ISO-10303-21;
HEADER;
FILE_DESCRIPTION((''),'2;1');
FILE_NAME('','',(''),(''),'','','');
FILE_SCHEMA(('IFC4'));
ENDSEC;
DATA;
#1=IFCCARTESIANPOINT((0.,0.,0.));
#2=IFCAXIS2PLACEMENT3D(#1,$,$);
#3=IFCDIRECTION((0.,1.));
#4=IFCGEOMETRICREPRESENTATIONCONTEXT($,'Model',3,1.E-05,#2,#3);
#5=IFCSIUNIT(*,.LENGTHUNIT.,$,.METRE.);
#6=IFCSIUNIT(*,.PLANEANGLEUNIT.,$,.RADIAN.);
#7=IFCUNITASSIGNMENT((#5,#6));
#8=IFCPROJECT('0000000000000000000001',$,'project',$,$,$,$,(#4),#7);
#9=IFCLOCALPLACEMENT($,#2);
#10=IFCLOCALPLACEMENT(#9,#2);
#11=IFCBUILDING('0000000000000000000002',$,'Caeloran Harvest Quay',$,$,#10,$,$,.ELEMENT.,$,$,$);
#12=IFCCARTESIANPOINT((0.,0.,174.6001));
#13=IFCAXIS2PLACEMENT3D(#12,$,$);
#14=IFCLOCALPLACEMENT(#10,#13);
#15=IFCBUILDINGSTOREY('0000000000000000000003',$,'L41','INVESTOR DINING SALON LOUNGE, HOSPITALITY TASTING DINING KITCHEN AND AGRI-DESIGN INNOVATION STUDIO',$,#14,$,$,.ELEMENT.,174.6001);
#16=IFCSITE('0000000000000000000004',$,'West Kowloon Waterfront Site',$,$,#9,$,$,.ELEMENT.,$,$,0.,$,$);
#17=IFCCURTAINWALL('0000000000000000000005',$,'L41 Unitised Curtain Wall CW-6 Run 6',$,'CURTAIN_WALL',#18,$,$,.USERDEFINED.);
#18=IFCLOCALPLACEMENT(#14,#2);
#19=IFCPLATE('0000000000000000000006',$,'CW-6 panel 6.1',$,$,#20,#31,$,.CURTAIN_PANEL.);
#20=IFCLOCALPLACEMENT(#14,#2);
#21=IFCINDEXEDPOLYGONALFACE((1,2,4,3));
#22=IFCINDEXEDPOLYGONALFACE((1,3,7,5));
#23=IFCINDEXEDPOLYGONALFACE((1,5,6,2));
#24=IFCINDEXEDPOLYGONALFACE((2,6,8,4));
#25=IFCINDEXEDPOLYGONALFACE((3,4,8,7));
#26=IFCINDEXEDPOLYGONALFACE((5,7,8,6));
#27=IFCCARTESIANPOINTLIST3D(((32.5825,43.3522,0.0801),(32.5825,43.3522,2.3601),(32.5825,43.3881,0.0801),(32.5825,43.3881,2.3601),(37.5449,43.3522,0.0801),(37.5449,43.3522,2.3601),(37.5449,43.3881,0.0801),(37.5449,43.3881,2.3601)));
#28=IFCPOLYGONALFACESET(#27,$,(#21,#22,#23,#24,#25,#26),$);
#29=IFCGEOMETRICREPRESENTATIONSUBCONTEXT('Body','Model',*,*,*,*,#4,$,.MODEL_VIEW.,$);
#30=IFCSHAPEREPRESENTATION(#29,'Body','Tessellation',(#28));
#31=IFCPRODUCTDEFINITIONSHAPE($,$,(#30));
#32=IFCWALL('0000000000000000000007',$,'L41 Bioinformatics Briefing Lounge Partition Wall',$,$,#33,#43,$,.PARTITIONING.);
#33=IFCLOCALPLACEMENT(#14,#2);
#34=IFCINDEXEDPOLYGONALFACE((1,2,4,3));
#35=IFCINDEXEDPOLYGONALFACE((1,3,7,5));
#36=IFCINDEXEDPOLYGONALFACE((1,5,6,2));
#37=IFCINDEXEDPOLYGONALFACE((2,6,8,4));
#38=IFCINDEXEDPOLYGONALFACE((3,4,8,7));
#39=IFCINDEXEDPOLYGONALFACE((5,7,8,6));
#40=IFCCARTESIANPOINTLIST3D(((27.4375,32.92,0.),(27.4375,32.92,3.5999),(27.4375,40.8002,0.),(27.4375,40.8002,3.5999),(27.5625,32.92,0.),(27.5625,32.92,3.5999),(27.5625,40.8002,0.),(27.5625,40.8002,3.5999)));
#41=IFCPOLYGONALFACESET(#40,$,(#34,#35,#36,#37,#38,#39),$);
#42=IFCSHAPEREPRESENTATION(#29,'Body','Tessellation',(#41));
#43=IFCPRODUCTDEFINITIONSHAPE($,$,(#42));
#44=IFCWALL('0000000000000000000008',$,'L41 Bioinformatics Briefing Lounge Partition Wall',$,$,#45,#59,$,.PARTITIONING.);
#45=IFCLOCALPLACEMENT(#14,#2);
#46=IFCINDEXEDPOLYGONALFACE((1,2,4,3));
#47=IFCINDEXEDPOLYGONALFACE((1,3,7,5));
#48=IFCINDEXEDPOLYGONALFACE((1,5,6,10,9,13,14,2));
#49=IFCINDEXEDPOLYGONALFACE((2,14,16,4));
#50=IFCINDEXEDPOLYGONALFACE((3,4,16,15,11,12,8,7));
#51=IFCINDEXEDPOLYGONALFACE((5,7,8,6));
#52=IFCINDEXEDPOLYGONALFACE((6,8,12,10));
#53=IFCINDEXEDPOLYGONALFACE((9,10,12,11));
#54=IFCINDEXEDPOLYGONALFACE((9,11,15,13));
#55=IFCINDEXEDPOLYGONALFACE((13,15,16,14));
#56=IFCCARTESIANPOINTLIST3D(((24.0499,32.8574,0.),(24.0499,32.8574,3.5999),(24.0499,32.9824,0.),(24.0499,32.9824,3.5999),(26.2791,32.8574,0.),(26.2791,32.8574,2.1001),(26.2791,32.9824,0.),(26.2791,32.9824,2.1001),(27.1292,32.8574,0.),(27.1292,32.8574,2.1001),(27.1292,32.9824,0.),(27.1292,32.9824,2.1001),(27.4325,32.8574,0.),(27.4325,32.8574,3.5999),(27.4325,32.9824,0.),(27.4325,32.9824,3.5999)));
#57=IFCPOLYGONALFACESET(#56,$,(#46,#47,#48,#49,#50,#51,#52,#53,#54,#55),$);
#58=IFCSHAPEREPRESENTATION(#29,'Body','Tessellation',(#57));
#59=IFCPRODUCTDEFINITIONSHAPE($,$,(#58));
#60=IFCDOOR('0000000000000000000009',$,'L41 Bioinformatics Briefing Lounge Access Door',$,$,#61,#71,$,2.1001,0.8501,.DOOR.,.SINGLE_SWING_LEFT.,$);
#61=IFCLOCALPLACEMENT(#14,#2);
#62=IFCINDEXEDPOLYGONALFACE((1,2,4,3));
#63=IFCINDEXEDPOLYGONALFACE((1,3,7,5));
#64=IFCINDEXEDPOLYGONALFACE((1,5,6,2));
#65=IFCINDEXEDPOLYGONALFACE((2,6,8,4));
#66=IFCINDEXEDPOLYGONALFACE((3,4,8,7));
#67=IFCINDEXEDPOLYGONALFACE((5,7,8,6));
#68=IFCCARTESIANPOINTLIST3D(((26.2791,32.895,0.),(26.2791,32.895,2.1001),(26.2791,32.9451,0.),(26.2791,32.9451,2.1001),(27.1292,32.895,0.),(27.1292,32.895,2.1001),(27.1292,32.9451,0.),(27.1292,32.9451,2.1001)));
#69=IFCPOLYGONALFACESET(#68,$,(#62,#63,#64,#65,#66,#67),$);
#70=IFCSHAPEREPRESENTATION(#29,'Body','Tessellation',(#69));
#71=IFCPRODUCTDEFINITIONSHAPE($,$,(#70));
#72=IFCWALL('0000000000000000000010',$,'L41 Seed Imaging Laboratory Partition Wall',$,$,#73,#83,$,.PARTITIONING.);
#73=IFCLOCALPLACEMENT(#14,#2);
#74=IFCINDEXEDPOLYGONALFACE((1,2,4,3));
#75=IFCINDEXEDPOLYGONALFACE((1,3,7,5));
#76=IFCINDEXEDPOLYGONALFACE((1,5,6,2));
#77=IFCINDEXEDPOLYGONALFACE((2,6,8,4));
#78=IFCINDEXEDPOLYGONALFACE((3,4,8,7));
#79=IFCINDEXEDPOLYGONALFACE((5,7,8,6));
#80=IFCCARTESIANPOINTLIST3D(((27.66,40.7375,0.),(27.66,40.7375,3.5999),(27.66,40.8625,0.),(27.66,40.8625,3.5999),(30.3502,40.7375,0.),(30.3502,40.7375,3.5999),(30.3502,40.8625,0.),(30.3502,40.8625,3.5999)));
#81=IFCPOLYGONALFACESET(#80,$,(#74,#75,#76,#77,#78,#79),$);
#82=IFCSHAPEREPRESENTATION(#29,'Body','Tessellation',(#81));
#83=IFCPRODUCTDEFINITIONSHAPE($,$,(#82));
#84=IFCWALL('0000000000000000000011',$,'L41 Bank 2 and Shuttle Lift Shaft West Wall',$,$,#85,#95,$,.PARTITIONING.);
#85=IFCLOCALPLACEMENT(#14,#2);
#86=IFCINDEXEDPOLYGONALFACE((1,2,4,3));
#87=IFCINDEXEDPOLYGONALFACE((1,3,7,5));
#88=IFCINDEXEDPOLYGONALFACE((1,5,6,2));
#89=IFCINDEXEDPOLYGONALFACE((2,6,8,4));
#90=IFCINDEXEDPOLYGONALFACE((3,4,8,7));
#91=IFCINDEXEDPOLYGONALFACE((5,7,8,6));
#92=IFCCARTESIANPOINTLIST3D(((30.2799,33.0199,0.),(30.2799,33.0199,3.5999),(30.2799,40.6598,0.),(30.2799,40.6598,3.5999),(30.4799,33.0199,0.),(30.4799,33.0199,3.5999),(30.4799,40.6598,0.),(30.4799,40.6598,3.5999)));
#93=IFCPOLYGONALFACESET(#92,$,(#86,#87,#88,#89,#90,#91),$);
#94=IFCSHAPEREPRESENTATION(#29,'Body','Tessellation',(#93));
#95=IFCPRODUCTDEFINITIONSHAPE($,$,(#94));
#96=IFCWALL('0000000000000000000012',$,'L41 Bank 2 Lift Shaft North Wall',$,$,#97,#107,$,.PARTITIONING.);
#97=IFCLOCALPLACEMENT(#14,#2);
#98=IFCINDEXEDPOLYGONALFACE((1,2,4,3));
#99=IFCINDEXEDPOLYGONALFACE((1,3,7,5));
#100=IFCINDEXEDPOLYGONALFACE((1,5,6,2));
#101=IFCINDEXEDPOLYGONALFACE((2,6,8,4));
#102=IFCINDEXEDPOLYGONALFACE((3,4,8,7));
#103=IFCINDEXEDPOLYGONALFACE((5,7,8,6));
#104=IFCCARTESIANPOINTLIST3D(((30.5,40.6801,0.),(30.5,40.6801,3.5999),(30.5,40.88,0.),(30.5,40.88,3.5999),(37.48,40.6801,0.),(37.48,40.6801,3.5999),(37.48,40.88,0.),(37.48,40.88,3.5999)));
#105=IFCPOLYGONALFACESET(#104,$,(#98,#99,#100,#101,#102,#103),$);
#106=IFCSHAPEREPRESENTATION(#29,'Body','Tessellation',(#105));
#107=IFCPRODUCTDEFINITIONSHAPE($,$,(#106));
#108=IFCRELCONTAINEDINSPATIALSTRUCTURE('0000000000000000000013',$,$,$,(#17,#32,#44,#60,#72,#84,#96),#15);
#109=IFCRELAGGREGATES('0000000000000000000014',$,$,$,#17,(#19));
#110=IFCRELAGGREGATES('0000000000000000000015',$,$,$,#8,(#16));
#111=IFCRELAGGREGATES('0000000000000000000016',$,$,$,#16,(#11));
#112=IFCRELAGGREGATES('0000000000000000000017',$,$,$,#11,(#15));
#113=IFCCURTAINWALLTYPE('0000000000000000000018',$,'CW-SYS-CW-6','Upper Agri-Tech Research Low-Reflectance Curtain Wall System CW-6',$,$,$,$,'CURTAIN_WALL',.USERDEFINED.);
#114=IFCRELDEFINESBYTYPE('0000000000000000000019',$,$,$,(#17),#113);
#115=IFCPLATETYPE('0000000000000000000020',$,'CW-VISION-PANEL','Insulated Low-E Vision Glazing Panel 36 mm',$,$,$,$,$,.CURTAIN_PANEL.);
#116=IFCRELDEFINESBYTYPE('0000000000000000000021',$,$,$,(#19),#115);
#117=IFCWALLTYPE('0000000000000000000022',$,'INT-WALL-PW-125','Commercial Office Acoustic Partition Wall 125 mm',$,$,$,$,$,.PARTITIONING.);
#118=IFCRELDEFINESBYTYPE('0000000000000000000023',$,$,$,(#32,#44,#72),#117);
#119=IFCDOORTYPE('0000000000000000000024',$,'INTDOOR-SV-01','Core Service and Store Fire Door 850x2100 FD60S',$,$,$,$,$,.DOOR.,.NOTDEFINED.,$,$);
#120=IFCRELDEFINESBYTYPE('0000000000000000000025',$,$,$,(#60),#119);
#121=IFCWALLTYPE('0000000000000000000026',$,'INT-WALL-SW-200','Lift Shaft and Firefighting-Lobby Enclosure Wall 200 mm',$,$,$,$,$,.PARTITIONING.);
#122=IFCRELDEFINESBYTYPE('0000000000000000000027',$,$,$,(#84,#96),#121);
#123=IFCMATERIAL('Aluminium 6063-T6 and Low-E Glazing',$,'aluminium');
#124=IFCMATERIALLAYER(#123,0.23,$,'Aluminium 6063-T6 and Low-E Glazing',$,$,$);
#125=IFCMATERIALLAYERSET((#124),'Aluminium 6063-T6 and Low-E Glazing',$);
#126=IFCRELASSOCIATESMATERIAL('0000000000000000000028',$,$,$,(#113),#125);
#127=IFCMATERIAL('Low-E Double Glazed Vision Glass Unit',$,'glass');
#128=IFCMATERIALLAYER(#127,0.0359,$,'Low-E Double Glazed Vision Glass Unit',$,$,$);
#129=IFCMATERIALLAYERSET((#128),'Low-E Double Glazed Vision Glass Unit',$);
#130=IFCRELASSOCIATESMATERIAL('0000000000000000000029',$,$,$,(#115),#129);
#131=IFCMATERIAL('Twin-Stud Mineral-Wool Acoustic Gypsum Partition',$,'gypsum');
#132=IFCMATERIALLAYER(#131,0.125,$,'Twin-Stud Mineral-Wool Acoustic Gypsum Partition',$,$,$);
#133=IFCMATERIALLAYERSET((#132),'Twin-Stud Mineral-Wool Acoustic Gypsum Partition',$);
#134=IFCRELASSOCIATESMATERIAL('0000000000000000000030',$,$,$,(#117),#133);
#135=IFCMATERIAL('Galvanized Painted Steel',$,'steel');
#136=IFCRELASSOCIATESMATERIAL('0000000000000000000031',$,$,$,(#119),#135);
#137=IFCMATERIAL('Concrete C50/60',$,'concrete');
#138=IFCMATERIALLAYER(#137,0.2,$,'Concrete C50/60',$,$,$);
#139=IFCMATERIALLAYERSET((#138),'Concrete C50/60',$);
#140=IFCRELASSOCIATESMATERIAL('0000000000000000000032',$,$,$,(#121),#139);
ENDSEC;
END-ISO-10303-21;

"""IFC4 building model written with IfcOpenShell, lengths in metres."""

from ifc_helpers import new_model, si_unit, direction, frame, frame_2d, origin, origin_2d, place, context, subcontext, project, spatial, rectangle, extrude, material, layer, layer_set, type_object, element, fill, aggregate, save


model = new_model("IFC4")

# Units and contexts
model_context = context("Model", 3, precision=1e-05, world=origin(), true_north=direction((0.0, 1.0)))
body_context = subcontext(model_context, "Body", "Model", "MODEL_VIEW")
ifc_project = project(units=[si_unit("LENGTHUNIT", "METRE"), si_unit("PLANEANGLEUNIT", "RADIAN")], contexts=[model_context])

# Site, building, storey
site_placement = place(None, origin())
site = spatial("IfcSite", under=ifc_project, at=site_placement, Name="West Kowloon Waterfront Site", CompositionType="ELEMENT", RefElevation=0.0)
building_placement = place(site_placement, origin())
building = spatial("IfcBuilding", under=site, at=building_placement, Name="Caeloran Harvest Quay", CompositionType="ELEMENT")
storey_placement = place(building_placement, frame((0.0, 0.0, 174.6001)))
storey = spatial("IfcBuildingStorey", under=building, at=storey_placement, Name="L41", Description="INVESTOR DINING SALON LOUNGE, HOSPITALITY TASTING DINING KITCHEN AND AGRI-DESIGN INNOVATION STUDIO", CompositionType="ELEMENT", Elevation=174.6001)

# Curtain wall, plate
ifc_material_1 = material(Name="Aluminium 6063-T6 and Low-E Glazing", Category="aluminium")
ifc_layer_1 = layer(ifc_material_1, 0.23, Name="Aluminium 6063-T6 and Low-E Glazing")
ifc_layer_set_1 = layer_set([ifc_layer_1], Name="Aluminium 6063-T6 and Low-E Glazing")
curtain_wall_type = type_object("IfcCurtainWallType", Name="CW-SYS-CW-6", Description="Upper Agri-Tech Research Low-Reflectance Curtain Wall System CW-6", ElementType="CURTAIN_WALL", PredefinedType="USERDEFINED", material=ifc_layer_set_1)
curtain_wall_placement = place(storey_placement, origin())
curtain_wall = element("IfcCurtainWall", 1, at=curtain_wall_placement, inside=storey, type_object=curtain_wall_type, Name="L41 Unitised Curtain Wall CW-6 Run 6", ObjectType="CURTAIN_WALL", PredefinedType="USERDEFINED")
ifc_material_2 = material(Name="Low-E Double Glazed Vision Glass Unit", Category="glass")
ifc_layer_2 = layer(ifc_material_2, 0.0359, Name="Low-E Double Glazed Vision Glass Unit")
ifc_layer_set_2 = layer_set([ifc_layer_2], Name="Low-E Double Glazed Vision Glass Unit")
plate_type = type_object("IfcPlateType", Name="CW-VISION-PANEL", Description="Insulated Low-E Vision Glazing Panel 36 mm", PredefinedType="CURTAIN_PANEL", material=ifc_layer_set_2)
plate_1_placement = place(storey_placement, frame((35.0637, 43.3701, 0.0801), z_axis=(0.0, 0.0, 1.0), x_axis=(1.0, 0.0, 0.0)))
plate_1 = element("IfcPlate", 2, at=plate_1_placement, type_object=plate_type, Name="CW-6 panel 6.1", PredefinedType="CURTAIN_PANEL", context=body_context, shape_type="SweptSolid", body=[
    extrude(rectangle(XDim=4.9624, YDim=0.0359, at=origin_2d()), origin(), (0.0, 0.0, 1.0), 2.28),
])
aggregate(curtain_wall, [plate_1])

# Wall
ifc_material_3 = material(Name="Twin-Stud Mineral-Wool Acoustic Gypsum Partition", Category="gypsum")
ifc_layer_3 = layer(ifc_material_3, 0.125, Name="Twin-Stud Mineral-Wool Acoustic Gypsum Partition")
ifc_layer_set_3 = layer_set([ifc_layer_3], Name="Twin-Stud Mineral-Wool Acoustic Gypsum Partition")
wall_type_1 = type_object("IfcWallType", Name="INT-WALL-PW-125", Description="Commercial Office Acoustic Partition Wall 125 mm", PredefinedType="PARTITIONING", material=ifc_layer_set_3)
wall_1_placement = place(storey_placement, frame((27.5, 40.8, 0.0), z_axis=(0.0, 0.0, 1.0), x_axis=(0.0, -1.0, 0.0)))
element("IfcWall", 3, at=wall_1_placement, inside=storey, type_object=wall_type_1, Name="L41 Bioinformatics Briefing Lounge Partition Wall", PredefinedType="PARTITIONING", context=body_context, shape_type="SweptSolid", body=[
    extrude(rectangle(XDim=7.8801, YDim=0.125, at=frame_2d((3.9399, 0.0))), origin(), (0.0, 0.0, 1.0), 3.5999),
])

# Wall, opening, door
wall_2_placement = place(storey_placement, frame((27.4326, 32.9199, 0.0), z_axis=(0.0, 0.0, 1.0), x_axis=(-1.0, 0.0, 0.0)))
wall_2 = element("IfcWall", 4, at=wall_2_placement, inside=storey, type_object=wall_type_1, Name="L41 Bioinformatics Briefing Lounge Partition Wall", PredefinedType="PARTITIONING", context=body_context, shape_type="SweptSolid", body=[
    extrude(rectangle(XDim=3.3826, YDim=0.125, at=frame_2d((1.6914, 0.0))), origin(), (0.0, 0.0, 1.0), 3.5999),
])
opening_1_placement = place(wall_2_placement, frame((0.3035, 0.0, 0.0)))
opening_1 = element("IfcOpeningElement", 5, at=opening_1_placement, cuts=wall_2, PredefinedType="OPENING", context=body_context, shape_type="SweptSolid", body=[
    extrude(rectangle(XDim=0.8501, YDim=2.1001, at=frame_2d((0.425, 1.05))), frame((0.0, 0.0725, 0.0), z_axis=(0.0, -1.0, 0.0), x_axis=(1.0, 0.0, 0.0)), (0.0, 0.0, 1.0), 0.145),
])
ifc_material_4 = material(Name="Galvanized Painted Steel", Category="steel")
door_type_1 = type_object("IfcDoorType", Name="INTDOOR-SV-01", Description="Core Service and Store Fire Door 850x2100 FD60S", OperationType="NOTDEFINED", PredefinedType="DOOR", material=ifc_material_4)
door_1_placement = place(opening_1_placement, origin())
door_1 = element("IfcDoor", 6, at=door_1_placement, inside=storey, type_object=door_type_1, Name="L41 Bioinformatics Briefing Lounge Access Door", OperationType="SINGLE_SWING_LEFT", OverallHeight=2.1001, OverallWidth=0.8501, PredefinedType="DOOR", context=body_context, shape_type="SweptSolid", body=[
    extrude(rectangle(XDim=0.8501, YDim=2.1001, at=frame_2d((0.425, 1.05))), frame((0.0, 0.0249, 0.0), z_axis=(0.0, -1.0, 0.0), x_axis=(1.0, 0.0, 0.0)), (0.0, 0.0, 1.0), 0.05),
])
fill(opening_1, door_1)

# Walls
wall_3_placement = place(storey_placement, frame((27.6599, 40.8, 0.0), z_axis=(0.0, 0.0, 1.0), x_axis=(1.0, 0.0, 0.0)))
element("IfcWall", 7, at=wall_3_placement, inside=storey, type_object=wall_type_1, Name="L41 Seed Imaging Laboratory Partition Wall", PredefinedType="PARTITIONING", context=body_context, shape_type="SweptSolid", body=[
    extrude(rectangle(XDim=2.6902, YDim=0.125, at=frame_2d((1.3452, 0.0))), origin(), (0.0, 0.0, 1.0), 3.5999),
])
ifc_material_5 = material(Name="Concrete C50/60", Category="concrete")
ifc_layer_4 = layer(ifc_material_5, 0.2, Name="Concrete C50/60")
ifc_layer_set_4 = layer_set([ifc_layer_4], Name="Concrete C50/60")
wall_type_2 = type_object("IfcWallType", Name="INT-WALL-SW-200", Description="Lift Shaft and Firefighting-Lobby Enclosure Wall 200 mm", PredefinedType="PARTITIONING", material=ifc_layer_set_4)
wall_4_placement = place(storey_placement, frame((30.3799, 33.02, 0.0), z_axis=(0.0, 0.0, 1.0), x_axis=(0.0, 1.0, 0.0)))
element("IfcWall", 8, at=wall_4_placement, inside=storey, type_object=wall_type_2, Name="L41 Bank 2 and Shuttle Lift Shaft West Wall", PredefinedType="PARTITIONING", context=body_context, shape_type="SweptSolid", body=[
    extrude(rectangle(XDim=7.6399, YDim=0.2, at=frame_2d((3.8198, 0.0))), origin(), (0.0, 0.0, 1.0), 3.5999),
])
wall_5_placement = place(storey_placement, frame((30.5, 40.78, 0.0), z_axis=(0.0, 0.0, 1.0), x_axis=(1.0, 0.0, 0.0)))
element("IfcWall", 9, at=wall_5_placement, inside=storey, type_object=wall_type_2, Name="L41 Bank 2 Lift Shaft North Wall", PredefinedType="PARTITIONING", context=body_context, shape_type="SweptSolid", body=[
    extrude(rectangle(XDim=6.98, YDim=0.2, at=frame_2d((3.49, 0.0))), origin(), (0.0, 0.0, 1.0), 3.5999),
])

save(model, "model.ifc")
